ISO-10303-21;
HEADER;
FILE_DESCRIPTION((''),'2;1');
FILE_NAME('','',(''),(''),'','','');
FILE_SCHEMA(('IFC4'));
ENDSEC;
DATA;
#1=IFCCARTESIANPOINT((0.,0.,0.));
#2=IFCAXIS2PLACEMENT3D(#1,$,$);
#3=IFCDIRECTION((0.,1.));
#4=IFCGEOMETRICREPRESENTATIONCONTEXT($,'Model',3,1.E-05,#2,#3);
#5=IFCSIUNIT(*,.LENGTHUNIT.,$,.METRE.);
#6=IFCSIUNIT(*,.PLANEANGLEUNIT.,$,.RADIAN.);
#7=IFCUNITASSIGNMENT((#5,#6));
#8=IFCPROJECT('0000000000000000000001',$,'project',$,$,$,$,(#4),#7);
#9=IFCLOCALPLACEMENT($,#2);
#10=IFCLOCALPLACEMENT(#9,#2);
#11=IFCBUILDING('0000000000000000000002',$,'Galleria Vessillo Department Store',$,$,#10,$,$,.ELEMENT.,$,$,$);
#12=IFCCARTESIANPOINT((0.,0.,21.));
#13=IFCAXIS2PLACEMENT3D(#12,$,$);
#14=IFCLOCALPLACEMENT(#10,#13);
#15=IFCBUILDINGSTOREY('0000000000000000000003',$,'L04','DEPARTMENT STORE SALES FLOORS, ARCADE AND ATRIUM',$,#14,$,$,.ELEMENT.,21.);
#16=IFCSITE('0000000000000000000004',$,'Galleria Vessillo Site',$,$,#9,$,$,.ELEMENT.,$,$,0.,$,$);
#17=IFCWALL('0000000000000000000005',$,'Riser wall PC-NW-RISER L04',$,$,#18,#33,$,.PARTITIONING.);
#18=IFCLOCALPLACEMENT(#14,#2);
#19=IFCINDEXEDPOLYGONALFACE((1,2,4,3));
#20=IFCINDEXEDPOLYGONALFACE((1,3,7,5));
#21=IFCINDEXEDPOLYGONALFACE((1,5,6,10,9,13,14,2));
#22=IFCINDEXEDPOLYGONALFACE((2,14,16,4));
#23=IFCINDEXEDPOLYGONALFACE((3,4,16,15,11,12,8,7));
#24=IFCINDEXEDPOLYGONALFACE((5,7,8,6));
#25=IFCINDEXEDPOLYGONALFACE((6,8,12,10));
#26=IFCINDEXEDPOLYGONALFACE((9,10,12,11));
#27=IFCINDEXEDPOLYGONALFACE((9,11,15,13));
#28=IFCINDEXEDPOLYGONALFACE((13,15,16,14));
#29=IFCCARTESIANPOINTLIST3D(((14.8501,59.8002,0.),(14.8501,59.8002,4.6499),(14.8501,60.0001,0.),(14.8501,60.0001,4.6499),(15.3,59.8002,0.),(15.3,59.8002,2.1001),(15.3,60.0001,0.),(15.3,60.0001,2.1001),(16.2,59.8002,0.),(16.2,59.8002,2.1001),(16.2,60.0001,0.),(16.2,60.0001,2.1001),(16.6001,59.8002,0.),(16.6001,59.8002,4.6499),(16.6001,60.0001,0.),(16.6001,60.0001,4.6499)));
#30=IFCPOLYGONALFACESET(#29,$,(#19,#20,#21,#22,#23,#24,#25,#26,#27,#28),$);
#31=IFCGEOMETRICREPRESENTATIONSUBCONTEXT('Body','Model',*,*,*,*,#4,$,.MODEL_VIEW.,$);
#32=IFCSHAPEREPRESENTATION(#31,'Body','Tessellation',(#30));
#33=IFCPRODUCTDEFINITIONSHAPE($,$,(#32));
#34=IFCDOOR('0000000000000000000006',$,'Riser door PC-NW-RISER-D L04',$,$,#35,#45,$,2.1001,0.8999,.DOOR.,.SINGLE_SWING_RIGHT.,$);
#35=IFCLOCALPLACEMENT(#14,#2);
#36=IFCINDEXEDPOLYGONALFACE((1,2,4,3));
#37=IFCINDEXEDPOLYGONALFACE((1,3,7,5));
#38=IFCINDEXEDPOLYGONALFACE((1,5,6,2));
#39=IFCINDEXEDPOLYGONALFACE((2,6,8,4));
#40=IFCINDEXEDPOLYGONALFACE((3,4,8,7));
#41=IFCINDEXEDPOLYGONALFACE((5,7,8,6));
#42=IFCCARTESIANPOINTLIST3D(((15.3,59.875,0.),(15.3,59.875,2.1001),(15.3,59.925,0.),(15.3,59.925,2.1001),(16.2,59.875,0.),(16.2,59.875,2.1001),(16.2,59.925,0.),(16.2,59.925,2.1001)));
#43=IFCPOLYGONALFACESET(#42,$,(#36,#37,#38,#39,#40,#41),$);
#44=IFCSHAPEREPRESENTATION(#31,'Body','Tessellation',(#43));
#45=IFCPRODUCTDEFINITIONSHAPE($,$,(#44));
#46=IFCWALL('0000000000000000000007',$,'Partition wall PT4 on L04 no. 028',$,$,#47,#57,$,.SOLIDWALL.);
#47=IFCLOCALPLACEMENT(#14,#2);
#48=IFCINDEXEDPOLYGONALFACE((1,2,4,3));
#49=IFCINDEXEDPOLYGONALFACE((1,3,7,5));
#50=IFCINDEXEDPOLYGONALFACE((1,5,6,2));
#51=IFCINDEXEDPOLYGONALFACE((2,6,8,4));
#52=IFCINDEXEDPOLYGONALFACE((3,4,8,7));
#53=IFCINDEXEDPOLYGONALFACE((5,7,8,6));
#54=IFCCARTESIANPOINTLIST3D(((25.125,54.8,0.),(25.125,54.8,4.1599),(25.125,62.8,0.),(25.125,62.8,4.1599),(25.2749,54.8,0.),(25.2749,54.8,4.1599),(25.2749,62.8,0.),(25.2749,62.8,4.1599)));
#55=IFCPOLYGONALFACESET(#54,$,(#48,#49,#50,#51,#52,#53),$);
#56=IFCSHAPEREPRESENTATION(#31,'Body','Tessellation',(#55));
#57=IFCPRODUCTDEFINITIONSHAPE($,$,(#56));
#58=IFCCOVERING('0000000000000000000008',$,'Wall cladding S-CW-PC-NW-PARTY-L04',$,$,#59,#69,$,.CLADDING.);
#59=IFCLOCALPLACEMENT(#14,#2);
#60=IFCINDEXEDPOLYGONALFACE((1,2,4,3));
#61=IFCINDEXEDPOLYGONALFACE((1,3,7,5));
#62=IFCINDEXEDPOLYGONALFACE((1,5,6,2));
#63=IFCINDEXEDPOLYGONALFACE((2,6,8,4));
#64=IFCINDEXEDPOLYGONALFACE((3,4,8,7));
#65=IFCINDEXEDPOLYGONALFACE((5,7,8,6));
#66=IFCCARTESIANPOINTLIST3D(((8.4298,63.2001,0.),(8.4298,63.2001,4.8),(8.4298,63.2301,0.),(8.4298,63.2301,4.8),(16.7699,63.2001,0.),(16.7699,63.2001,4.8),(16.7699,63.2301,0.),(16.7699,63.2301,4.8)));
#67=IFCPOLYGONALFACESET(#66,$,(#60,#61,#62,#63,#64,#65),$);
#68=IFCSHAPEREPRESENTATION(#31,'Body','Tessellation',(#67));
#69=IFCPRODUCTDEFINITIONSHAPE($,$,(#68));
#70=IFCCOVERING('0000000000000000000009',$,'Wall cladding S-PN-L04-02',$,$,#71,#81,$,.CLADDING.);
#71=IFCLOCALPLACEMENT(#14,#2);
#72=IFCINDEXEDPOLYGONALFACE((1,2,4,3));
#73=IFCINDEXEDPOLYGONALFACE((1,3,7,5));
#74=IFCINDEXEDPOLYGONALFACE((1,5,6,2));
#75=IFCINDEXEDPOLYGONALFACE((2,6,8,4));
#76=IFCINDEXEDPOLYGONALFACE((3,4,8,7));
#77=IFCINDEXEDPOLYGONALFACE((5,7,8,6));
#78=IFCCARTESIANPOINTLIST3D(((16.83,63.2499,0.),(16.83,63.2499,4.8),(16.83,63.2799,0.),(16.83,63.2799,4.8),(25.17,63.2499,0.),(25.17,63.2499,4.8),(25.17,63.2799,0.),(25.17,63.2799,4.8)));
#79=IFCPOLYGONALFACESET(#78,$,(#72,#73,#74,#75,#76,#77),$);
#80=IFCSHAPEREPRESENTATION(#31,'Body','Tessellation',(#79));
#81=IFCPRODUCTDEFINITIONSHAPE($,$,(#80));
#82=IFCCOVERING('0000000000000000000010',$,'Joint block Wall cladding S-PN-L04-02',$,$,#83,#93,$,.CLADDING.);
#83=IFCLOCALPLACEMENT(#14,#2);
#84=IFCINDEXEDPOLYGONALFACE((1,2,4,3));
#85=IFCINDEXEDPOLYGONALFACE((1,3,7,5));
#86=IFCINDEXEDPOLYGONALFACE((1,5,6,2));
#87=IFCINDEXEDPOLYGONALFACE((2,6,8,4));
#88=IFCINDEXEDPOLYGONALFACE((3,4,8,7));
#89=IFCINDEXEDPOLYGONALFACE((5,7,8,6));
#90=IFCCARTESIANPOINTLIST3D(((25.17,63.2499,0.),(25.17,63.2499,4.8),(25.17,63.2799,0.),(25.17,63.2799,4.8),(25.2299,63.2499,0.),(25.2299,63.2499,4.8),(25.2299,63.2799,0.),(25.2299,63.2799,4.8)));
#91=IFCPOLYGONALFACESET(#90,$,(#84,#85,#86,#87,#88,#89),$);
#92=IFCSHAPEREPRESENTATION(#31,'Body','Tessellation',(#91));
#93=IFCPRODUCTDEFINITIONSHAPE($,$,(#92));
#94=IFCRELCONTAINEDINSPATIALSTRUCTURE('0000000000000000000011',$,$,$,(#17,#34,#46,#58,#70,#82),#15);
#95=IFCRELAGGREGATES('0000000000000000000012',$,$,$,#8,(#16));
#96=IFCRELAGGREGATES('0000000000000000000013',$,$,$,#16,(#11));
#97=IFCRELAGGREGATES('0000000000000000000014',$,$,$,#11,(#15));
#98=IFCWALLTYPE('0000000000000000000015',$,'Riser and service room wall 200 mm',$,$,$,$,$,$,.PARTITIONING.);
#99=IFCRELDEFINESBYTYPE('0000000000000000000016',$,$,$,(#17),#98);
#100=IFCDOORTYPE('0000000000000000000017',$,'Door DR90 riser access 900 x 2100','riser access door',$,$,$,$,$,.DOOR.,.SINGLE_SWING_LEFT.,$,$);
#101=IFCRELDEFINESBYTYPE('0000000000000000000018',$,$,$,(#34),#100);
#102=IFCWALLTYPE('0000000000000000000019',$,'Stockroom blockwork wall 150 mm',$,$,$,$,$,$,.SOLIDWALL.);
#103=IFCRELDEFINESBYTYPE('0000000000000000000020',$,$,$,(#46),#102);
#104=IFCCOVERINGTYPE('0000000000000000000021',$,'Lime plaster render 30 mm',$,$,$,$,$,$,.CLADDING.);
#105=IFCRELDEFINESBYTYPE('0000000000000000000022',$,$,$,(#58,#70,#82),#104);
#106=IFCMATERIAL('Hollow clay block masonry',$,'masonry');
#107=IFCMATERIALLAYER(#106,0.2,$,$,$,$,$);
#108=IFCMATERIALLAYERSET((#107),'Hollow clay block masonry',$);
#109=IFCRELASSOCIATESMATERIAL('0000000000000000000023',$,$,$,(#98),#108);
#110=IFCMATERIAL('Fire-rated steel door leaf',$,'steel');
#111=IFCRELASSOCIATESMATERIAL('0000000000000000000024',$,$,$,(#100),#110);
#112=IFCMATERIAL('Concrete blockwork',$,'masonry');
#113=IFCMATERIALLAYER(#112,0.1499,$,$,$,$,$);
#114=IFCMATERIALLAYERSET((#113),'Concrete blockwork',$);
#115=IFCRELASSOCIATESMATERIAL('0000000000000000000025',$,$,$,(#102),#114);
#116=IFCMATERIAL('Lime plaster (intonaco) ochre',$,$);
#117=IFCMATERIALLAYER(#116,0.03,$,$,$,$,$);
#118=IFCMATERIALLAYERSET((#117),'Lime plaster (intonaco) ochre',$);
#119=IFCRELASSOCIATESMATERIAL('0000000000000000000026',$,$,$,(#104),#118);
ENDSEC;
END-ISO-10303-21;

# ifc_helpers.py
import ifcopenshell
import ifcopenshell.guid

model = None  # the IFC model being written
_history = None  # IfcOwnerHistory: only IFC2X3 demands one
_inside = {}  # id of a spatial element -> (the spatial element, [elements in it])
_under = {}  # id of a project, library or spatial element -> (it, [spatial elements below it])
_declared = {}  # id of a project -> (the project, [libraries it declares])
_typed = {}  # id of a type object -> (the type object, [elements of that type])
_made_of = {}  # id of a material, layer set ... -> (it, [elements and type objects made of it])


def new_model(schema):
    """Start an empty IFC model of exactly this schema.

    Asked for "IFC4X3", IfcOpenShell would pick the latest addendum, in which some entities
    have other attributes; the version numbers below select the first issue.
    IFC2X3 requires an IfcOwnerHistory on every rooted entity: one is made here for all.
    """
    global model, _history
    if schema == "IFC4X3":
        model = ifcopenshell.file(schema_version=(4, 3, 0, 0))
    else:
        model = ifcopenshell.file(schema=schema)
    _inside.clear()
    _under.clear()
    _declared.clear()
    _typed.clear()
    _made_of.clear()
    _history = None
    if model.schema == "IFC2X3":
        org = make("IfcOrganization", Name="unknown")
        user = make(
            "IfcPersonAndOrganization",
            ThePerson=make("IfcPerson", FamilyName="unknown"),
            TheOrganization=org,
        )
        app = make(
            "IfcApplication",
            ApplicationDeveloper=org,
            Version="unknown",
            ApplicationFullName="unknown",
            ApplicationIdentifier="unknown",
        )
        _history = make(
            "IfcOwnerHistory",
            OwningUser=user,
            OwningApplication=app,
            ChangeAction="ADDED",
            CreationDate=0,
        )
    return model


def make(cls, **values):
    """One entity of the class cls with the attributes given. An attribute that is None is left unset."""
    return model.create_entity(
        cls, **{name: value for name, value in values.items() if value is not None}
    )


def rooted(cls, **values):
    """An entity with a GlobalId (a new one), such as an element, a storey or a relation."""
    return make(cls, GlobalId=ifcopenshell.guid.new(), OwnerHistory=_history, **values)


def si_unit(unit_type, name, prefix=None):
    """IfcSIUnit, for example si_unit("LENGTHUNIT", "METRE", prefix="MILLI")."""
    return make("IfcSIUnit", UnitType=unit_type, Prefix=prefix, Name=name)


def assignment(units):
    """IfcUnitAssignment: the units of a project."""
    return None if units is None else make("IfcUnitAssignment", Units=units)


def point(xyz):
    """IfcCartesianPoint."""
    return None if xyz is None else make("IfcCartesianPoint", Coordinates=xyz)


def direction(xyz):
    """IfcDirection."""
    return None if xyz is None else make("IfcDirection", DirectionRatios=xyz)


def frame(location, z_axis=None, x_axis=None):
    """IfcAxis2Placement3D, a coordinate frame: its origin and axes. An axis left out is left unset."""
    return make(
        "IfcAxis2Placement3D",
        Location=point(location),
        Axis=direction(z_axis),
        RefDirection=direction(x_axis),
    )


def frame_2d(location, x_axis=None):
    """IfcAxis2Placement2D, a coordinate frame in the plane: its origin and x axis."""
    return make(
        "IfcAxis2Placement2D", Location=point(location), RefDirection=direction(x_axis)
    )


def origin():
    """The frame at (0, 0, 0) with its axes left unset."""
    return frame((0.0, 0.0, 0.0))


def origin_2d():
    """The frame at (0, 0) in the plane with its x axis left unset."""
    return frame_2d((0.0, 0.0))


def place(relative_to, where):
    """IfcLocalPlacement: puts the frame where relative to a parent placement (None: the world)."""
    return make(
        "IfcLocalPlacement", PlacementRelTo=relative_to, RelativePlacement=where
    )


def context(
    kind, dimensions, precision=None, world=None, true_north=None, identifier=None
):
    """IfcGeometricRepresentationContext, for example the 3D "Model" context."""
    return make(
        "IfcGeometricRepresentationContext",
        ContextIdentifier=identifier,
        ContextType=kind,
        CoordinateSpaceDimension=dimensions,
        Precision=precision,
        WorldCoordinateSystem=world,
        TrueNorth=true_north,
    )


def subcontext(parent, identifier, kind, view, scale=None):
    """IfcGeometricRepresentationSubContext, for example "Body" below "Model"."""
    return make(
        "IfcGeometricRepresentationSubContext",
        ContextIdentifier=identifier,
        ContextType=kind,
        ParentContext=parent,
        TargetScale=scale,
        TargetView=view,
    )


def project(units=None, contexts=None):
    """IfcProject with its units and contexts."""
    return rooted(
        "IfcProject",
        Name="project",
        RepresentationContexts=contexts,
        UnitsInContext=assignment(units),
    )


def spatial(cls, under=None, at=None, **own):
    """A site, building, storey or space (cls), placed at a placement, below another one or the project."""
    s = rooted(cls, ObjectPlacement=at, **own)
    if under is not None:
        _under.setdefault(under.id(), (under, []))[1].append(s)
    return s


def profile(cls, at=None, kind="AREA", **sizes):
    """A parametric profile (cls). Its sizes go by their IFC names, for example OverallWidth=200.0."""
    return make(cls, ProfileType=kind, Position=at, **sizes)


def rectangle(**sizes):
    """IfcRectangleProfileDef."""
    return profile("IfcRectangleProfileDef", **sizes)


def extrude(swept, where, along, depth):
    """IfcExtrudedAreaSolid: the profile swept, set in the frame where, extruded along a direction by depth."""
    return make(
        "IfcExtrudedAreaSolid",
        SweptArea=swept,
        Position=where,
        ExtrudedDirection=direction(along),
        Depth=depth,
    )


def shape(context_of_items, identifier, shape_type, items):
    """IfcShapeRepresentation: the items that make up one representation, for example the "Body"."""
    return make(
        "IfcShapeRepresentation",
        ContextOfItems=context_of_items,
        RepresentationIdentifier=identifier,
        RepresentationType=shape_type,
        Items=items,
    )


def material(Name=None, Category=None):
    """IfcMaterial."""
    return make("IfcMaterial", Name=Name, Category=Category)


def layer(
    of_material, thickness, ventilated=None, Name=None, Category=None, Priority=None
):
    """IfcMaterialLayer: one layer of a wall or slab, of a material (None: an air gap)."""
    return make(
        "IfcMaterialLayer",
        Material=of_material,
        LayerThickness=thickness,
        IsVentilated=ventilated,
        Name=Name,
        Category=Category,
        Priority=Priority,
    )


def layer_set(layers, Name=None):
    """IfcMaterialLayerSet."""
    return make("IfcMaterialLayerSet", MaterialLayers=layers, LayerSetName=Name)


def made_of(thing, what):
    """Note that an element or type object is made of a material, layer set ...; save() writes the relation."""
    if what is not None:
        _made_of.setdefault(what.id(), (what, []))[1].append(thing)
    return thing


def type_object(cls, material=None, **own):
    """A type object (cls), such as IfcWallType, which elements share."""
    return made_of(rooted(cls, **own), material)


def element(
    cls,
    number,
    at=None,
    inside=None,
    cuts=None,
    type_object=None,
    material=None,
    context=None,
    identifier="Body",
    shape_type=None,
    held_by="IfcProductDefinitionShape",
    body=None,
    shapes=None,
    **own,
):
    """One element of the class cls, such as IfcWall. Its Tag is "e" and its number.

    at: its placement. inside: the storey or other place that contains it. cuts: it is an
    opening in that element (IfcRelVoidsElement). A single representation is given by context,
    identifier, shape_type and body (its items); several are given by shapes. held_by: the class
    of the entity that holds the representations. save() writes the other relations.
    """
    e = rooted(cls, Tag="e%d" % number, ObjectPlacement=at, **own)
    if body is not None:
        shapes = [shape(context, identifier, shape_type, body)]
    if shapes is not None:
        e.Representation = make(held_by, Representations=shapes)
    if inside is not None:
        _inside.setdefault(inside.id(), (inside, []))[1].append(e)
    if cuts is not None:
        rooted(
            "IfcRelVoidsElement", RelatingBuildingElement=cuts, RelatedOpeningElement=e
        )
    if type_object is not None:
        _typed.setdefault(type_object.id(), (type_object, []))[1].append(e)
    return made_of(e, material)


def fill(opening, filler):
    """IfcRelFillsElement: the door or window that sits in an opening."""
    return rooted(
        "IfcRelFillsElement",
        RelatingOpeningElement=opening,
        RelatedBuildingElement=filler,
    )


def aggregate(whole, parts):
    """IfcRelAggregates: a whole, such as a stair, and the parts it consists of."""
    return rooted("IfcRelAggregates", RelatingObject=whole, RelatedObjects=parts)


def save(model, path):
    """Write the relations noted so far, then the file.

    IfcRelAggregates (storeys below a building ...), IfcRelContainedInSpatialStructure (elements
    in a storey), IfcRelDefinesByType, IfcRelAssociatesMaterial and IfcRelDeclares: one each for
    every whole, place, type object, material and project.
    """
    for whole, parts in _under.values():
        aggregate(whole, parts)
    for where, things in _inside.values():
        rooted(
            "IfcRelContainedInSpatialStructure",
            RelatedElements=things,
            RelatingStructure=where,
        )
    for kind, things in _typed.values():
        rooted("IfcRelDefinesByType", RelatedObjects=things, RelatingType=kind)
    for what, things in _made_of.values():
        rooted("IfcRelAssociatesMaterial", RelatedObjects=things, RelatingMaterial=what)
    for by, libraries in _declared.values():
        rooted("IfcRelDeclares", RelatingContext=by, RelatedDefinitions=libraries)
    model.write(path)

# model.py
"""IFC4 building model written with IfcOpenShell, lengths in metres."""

from ifc_helpers import new_model, si_unit, direction, frame, frame_2d, origin, origin_2d, place, context, subcontext, project, spatial, rectangle, extrude, material, layer, layer_set, type_object, element, fill, save


model = new_model("IFC4")

# Units and contexts
model_context = context("Model", 3, precision=1e-05, world=origin(), true_north=direction((0.0, 1.0)))
body_context = subcontext(model_context, "Body", "Model", "MODEL_VIEW")
ifc_project = project(units=[si_unit("LENGTHUNIT", "METRE"), si_unit("PLANEANGLEUNIT", "RADIAN")], contexts=[model_context])

# Site, building, storey
site_placement = place(None, origin())
site = spatial("IfcSite", under=ifc_project, at=site_placement, Name="Galleria Vessillo Site", CompositionType="ELEMENT", RefElevation=0.0)
building_placement = place(site_placement, origin())
building = spatial("IfcBuilding", under=site, at=building_placement, Name="Galleria Vessillo Department Store", CompositionType="ELEMENT")
storey_placement = place(building_placement, frame((0.0, 0.0, 21.0)))
storey = spatial("IfcBuildingStorey", under=building, at=storey_placement, Name="L04", Description="DEPARTMENT STORE SALES FLOORS, ARCADE AND ATRIUM", CompositionType="ELEMENT", Elevation=21.0)

# Wall, opening, door
ifc_material_1 = material(Name="Hollow clay block masonry", Category="masonry")
ifc_layer_1 = layer(ifc_material_1, 0.2)
ifc_layer_set_1 = layer_set([ifc_layer_1], Name="Hollow clay block masonry")
wall_type_1 = type_object("IfcWallType", Name="Riser and service room wall 200 mm", PredefinedType="PARTITIONING", material=ifc_layer_set_1)
wall_1_placement = place(storey_placement, frame((14.8501, 59.9001, 0.0), z_axis=(0.0, 0.0, 1.0), x_axis=(1.0, 0.0, 0.0)))
wall_1 = element("IfcWall", 1, at=wall_1_placement, inside=storey, type_object=wall_type_1, Name="Riser wall PC-NW-RISER L04", PredefinedType="PARTITIONING", context=body_context, shape_type="SweptSolid", body=[
    extrude(rectangle(XDim=1.75, YDim=0.2, at=frame_2d((0.875, 0.0))), origin(), (0.0, 0.0, 1.0), 4.6499),
])
opening_1_placement = place(wall_1_placement, frame((0.45, 0.0, 0.0)))
opening_1 = element("IfcOpeningElement", 2, at=opening_1_placement, cuts=wall_1, PredefinedType="OPENING", context=body_context, shape_type="SweptSolid", body=[
    extrude(rectangle(XDim=0.8999, YDim=2.1001, at=frame_2d((0.45, 1.05))), frame((0.0, 0.1099, 0.0), z_axis=(0.0, -1.0, 0.0), x_axis=(1.0, 0.0, 0.0)), (0.0, 0.0, 1.0), 0.22),
])
ifc_material_2 = material(Name="Fire-rated steel door leaf", Category="steel")
door_type_1 = type_object("IfcDoorType", Name="Door DR90 riser access 900 x 2100", Description="riser access door", OperationType="SINGLE_SWING_LEFT", PredefinedType="DOOR", material=ifc_material_2)
door_1_placement = place(opening_1_placement, origin())
door_1 = element("IfcDoor", 3, at=door_1_placement, inside=storey, type_object=door_type_1, Name="Riser door PC-NW-RISER-D L04", OperationType="SINGLE_SWING_RIGHT", OverallHeight=2.1001, OverallWidth=0.8999, PredefinedType="DOOR", context=body_context, shape_type="SweptSolid", body=[
    extrude(rectangle(XDim=0.8999, YDim=2.1001, at=frame_2d((0.45, 1.05))), frame((0.0, 0.0249, 0.0), z_axis=(0.0, -1.0, 0.0), x_axis=(1.0, 0.0, 0.0)), (0.0, 0.0, 1.0), 0.05),
])
fill(opening_1, door_1)

# Wall
ifc_material_3 = material(Name="Concrete blockwork", Category="masonry")
ifc_layer_2 = layer(ifc_material_3, 0.1499)
ifc_layer_set_2 = layer_set([ifc_layer_2], Name="Concrete blockwork")
wall_type_2 = type_object("IfcWallType", Name="Stockroom blockwork wall 150 mm", PredefinedType="SOLIDWALL", material=ifc_layer_set_2)
wall_2_placement = place(storey_placement, frame((25.2, 54.8, 0.0), z_axis=(0.0, 0.0, 1.0), x_axis=(0.0, 1.0, 0.0)))
element("IfcWall", 4, at=wall_2_placement, inside=storey, type_object=wall_type_2, Name="Partition wall PT4 on L04 no. 028", PredefinedType="SOLIDWALL", context=body_context, shape_type="SweptSolid", body=[
    extrude(rectangle(XDim=8.0, YDim=0.1499, at=frame_2d((4.0, 0.0))), origin(), (0.0, 0.0, 1.0), 4.1599),
])

# Coverings
ifc_material_4 = material(Name="Lime plaster (intonaco) ochre")
ifc_layer_3 = layer(ifc_material_4, 0.03)
ifc_layer_set_3 = layer_set([ifc_layer_3], Name="Lime plaster (intonaco) ochre")
covering_type = type_object("IfcCoveringType", Name="Lime plaster render 30 mm", PredefinedType="CLADDING", material=ifc_layer_set_3)
for number, where, z_axis, x_axis, name in (
    (5, (12.5999, 63.2151, 0.0), (0.0, 0.0, 1.0), (1.0, 0.0, 0.0), "Wall cladding S-CW-PC-NW-PARTY-L04"),
    (6, (21.0, 63.2649, 0.0), (0.0, 0.0, 1.0), (1.0, 0.0, 0.0), "Wall cladding S-PN-L04-02"),
):
    element("IfcCovering", number, at=place(storey_placement, frame(where, z_axis=z_axis, x_axis=x_axis)), inside=storey, type_object=covering_type, Name=name, PredefinedType="CLADDING", context=body_context, shape_type="SweptSolid", body=[
        extrude(rectangle(XDim=8.3401, YDim=0.03, at=origin_2d()), origin(), (0.0, 0.0, 1.0), 4.8),
    ])
covering_placement = place(storey_placement, frame((25.2, 63.2649, 0.0), z_axis=(0.0, 0.0, 1.0), x_axis=(1.0, 0.0, 0.0)))
element("IfcCovering", 7, at=covering_placement, inside=storey, type_object=covering_type, Name="Joint block Wall cladding S-PN-L04-02", PredefinedType="CLADDING", context=body_context, shape_type="SweptSolid", body=[
    extrude(rectangle(XDim=0.0598, YDim=0.03, at=origin_2d()), origin(), (0.0, 0.0, 1.0), 4.8),
])

save(model, "model.ifc")
